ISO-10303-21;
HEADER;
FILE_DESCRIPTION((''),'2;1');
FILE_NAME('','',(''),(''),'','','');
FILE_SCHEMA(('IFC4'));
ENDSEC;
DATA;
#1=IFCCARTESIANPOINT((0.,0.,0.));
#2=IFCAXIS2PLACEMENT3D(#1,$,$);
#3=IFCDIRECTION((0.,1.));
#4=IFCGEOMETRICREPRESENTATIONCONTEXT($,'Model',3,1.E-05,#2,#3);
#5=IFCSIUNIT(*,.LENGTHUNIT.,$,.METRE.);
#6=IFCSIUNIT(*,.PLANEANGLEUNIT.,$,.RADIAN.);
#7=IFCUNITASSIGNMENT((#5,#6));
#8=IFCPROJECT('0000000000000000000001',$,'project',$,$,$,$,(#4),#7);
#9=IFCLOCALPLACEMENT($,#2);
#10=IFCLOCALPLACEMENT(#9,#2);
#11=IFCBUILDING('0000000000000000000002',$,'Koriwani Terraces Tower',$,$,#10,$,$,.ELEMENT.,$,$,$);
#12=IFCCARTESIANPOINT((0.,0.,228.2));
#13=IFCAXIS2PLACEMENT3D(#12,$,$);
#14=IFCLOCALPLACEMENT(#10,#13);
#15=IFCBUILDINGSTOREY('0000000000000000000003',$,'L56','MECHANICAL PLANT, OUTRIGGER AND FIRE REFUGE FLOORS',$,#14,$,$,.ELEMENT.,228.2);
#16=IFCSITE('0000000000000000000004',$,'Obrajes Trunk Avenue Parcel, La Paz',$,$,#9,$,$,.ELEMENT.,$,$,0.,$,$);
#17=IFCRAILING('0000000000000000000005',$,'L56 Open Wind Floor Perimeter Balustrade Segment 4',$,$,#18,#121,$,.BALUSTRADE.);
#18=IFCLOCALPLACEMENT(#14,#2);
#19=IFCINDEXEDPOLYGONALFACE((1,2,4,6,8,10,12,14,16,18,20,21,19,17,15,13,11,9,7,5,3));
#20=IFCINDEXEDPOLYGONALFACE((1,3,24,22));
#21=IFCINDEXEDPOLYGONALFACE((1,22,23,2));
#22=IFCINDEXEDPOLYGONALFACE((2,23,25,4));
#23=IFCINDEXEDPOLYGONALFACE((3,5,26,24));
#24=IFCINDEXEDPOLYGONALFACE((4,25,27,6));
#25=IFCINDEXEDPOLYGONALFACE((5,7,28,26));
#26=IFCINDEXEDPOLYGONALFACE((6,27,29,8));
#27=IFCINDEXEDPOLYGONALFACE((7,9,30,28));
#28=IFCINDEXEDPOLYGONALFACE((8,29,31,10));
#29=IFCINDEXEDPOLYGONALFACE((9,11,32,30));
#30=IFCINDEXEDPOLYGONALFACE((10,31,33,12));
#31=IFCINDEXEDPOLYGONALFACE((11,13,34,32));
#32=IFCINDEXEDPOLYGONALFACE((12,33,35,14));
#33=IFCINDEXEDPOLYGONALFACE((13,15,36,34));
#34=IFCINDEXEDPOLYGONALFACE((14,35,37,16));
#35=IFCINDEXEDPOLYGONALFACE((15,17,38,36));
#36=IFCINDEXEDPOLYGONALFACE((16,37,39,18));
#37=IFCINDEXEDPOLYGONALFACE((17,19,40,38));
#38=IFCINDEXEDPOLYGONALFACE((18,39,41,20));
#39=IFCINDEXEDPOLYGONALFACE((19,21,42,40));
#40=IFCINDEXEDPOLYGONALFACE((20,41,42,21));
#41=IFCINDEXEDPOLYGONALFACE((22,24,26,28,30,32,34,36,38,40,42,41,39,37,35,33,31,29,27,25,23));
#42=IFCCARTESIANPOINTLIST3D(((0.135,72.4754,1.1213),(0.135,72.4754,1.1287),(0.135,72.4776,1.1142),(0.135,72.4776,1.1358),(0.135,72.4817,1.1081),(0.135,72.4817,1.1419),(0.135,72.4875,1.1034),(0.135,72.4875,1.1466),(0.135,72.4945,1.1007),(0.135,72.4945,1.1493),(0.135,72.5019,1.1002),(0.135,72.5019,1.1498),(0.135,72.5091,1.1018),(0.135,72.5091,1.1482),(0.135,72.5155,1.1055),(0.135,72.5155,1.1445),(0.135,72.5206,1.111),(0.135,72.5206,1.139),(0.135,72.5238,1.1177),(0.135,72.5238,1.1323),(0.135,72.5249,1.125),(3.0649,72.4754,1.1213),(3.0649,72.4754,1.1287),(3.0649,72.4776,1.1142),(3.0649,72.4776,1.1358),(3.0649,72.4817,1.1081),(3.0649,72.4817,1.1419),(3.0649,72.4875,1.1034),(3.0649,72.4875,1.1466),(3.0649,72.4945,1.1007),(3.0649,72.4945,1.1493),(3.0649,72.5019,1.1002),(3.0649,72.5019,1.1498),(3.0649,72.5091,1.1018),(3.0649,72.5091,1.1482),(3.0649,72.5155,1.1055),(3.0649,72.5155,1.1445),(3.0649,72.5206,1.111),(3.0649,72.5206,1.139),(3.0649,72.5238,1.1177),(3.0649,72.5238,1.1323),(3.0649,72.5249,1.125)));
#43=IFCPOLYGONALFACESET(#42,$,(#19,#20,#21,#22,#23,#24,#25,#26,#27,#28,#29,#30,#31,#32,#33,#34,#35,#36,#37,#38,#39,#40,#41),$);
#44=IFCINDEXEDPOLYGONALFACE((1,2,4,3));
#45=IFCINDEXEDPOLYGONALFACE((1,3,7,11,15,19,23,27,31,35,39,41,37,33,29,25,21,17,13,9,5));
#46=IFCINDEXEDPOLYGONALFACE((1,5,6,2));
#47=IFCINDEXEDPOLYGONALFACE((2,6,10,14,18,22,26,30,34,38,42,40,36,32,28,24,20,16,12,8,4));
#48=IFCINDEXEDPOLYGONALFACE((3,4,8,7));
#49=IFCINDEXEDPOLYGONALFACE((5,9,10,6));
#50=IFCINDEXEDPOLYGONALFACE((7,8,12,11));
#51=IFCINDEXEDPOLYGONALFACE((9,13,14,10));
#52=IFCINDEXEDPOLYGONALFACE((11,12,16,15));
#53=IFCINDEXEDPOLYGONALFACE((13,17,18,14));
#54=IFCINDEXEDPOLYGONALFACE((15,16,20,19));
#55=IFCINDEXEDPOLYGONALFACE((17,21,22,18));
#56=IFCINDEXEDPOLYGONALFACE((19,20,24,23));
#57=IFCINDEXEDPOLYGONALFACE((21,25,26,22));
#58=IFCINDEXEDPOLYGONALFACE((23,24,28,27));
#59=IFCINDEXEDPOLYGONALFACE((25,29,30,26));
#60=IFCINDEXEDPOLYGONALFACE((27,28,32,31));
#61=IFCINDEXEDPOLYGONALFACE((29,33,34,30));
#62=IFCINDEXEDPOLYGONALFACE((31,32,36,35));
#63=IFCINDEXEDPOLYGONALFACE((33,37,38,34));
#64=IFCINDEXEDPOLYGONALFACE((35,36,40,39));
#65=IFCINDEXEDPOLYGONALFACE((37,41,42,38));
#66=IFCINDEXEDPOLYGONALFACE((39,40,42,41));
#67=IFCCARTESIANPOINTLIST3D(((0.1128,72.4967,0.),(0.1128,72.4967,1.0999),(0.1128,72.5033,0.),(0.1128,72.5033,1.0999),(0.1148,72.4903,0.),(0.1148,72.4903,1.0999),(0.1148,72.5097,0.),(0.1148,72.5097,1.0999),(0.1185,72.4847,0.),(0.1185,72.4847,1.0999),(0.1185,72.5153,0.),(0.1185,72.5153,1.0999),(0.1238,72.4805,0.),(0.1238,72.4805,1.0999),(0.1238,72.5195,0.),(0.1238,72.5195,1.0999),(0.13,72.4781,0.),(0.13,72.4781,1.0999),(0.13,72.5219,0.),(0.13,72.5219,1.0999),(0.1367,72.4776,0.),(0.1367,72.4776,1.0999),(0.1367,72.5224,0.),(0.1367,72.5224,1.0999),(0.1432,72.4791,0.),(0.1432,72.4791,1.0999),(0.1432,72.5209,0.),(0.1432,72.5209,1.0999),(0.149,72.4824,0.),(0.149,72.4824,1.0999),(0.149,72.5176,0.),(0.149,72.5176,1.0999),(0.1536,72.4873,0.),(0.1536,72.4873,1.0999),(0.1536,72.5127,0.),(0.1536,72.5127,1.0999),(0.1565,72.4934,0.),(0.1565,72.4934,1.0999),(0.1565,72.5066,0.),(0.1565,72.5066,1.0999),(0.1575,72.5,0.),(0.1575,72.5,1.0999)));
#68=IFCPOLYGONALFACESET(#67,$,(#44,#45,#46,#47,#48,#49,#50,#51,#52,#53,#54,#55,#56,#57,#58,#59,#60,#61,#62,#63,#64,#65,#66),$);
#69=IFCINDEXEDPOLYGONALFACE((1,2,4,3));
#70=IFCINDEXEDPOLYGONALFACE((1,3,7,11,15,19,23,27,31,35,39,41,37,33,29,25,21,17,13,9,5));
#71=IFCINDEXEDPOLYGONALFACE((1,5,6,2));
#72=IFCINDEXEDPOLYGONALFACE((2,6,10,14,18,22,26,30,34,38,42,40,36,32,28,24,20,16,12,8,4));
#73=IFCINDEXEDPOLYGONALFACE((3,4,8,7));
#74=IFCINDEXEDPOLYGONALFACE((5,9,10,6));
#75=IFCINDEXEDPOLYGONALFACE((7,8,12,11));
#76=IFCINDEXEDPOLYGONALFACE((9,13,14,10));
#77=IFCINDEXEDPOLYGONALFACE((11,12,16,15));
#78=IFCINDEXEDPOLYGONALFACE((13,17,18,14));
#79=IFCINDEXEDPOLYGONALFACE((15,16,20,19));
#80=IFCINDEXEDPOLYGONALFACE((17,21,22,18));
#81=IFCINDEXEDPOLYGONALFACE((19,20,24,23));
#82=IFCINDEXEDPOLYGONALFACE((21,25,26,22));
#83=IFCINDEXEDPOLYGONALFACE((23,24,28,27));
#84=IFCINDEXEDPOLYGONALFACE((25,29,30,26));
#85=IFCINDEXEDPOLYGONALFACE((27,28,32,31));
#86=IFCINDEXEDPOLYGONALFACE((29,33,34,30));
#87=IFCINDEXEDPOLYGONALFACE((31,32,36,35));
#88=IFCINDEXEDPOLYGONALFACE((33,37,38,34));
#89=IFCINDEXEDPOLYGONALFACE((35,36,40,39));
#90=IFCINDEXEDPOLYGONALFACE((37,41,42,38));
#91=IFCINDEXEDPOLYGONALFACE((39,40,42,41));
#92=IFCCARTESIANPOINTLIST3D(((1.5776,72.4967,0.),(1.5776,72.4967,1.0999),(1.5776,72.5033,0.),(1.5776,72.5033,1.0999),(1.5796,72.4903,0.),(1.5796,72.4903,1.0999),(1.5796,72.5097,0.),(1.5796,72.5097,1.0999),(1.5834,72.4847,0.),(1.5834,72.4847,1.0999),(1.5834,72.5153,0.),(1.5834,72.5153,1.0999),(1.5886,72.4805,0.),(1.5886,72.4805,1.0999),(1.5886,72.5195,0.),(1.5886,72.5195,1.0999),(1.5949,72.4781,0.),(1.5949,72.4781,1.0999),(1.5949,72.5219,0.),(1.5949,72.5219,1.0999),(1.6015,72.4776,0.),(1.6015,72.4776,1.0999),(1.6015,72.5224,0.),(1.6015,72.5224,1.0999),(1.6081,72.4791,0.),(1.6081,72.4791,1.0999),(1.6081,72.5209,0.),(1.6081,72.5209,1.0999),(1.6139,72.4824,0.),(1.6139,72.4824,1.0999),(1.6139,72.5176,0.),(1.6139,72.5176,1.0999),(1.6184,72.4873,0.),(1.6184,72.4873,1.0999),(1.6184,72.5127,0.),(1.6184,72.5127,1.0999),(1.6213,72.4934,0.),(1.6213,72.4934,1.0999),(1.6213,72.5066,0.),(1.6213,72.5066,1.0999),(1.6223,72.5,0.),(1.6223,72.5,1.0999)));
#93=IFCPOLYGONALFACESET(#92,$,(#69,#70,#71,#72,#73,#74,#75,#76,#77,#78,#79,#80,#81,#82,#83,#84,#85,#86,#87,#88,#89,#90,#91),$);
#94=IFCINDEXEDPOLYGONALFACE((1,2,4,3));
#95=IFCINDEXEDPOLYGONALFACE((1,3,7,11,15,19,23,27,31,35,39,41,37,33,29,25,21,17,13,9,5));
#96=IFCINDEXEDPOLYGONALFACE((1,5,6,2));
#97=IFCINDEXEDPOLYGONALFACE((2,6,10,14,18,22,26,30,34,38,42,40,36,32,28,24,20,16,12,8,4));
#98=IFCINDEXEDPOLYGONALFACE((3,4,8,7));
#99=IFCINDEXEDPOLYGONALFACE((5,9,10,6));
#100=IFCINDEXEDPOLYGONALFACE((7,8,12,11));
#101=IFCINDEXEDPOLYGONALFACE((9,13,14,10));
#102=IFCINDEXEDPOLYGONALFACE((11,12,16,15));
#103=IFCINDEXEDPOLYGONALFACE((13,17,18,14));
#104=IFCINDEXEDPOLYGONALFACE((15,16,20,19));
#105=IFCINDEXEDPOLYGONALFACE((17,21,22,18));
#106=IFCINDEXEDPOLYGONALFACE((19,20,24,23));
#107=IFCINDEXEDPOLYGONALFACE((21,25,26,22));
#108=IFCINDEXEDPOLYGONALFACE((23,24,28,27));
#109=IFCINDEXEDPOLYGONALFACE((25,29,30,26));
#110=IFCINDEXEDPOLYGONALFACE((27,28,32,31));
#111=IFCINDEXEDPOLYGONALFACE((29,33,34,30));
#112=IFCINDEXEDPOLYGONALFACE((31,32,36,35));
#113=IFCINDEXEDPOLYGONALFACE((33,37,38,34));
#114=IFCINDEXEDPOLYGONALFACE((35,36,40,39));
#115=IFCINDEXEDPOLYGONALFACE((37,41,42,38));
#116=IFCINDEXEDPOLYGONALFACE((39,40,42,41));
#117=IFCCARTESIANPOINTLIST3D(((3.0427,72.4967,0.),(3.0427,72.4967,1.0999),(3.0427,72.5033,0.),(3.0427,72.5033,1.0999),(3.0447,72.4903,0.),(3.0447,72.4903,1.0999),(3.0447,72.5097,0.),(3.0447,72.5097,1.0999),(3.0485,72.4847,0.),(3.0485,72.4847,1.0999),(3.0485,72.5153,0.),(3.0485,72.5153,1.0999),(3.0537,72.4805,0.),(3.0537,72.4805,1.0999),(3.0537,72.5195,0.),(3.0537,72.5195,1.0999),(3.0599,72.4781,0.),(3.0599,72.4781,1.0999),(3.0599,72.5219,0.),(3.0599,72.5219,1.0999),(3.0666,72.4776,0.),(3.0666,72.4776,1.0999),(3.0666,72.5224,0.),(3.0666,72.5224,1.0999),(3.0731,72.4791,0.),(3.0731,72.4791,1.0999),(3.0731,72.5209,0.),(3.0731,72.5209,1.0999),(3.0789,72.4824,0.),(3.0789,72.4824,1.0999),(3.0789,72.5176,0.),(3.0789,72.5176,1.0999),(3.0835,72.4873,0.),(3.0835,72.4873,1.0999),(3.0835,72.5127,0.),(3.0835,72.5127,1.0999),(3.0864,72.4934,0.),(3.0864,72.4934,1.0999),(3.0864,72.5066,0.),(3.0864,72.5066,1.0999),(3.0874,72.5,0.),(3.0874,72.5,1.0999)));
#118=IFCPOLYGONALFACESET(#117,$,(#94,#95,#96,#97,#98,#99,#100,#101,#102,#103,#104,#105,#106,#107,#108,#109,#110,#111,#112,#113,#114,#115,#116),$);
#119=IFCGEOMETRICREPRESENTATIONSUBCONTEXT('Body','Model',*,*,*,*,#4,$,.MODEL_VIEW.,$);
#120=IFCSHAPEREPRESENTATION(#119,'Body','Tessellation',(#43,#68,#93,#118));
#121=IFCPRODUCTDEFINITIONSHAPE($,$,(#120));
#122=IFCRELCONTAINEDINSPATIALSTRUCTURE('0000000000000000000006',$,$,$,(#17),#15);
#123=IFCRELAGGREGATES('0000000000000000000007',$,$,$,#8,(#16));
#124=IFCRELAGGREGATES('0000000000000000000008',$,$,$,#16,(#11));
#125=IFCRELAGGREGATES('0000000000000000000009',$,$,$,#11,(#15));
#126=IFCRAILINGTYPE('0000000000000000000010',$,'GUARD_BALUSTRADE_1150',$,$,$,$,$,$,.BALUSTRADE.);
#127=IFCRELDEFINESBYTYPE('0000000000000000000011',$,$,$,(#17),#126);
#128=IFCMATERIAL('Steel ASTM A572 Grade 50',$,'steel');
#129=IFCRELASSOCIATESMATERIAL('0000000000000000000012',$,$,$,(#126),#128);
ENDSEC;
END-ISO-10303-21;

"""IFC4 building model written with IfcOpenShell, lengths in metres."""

from ifc_helpers import new_model, si_unit, direction, frame, origin, origin_2d, place, context, subcontext, project, spatial, circle, extrude, material, type_object, element, save


model = new_model("IFC4")

# Units and contexts
model_context = context("Model", 3, precision=1e-05, world=origin(), true_north=direction((0.0, 1.0)))
body_context = subcontext(model_context, "Body", "Model", "MODEL_VIEW")
ifc_project = project(units=[si_unit("LENGTHUNIT", "METRE"), si_unit("PLANEANGLEUNIT", "RADIAN")], contexts=[model_context])

# Site, building, storey
site_placement = place(None, origin())
site = spatial("IfcSite", under=ifc_project, at=site_placement, Name="Obrajes Trunk Avenue Parcel, La Paz", CompositionType="ELEMENT", RefElevation=0.0)
building_placement = place(site_placement, origin())
building = spatial("IfcBuilding", under=site, at=building_placement, Name="Koriwani Terraces Tower", CompositionType="ELEMENT")
storey_placement = place(building_placement, frame((0.0, 0.0, 228.2)))
storey = spatial("IfcBuildingStorey", under=building, at=storey_placement, Name="L56", Description="MECHANICAL PLANT, OUTRIGGER AND FIRE REFUGE FLOORS", CompositionType="ELEMENT", Elevation=228.2)

# Shared definitions
ifc_material_1 = material(Name="Steel ASTM A572 Grade 50", Category="steel")

# Railing
railing_type = type_object("IfcRailingType", Name="GUARD_BALUSTRADE_1150", PredefinedType="BALUSTRADE", material=ifc_material_1)
railing_1_placement = place(storey_placement, frame((0.135, 72.5, 0.0)))
element("IfcRailing", 1, at=railing_1_placement, inside=storey, type_object=railing_type, Name="L56 Open Wind Floor Perimeter Balustrade Segment 4", PredefinedType="BALUSTRADE", context=body_context, shape_type="SweptSolid", body=[
    extrude(circle(Radius=0.0249, at=origin_2d()), frame((0.0, 0.0, 1.125), z_axis=(1.0, 0.0, 0.0), x_axis=(0.0, 1.0, 0.0)), (0.0, 0.0, 1.0), 2.9299),
    extrude(circle(Radius=0.0225, at=origin_2d()), origin(), (0.0, 0.0, 1.0), 1.0999),
    extrude(circle(Radius=0.0225, at=origin_2d()), frame((1.4648, 0.0, 0.0)), (0.0, 0.0, 1.0), 1.0999),
    extrude(circle(Radius=0.0225, at=origin_2d()), frame((2.9299, 0.0, 0.0)), (0.0, 0.0, 1.0), 1.0999),
])

save(model, "model.ifc")
